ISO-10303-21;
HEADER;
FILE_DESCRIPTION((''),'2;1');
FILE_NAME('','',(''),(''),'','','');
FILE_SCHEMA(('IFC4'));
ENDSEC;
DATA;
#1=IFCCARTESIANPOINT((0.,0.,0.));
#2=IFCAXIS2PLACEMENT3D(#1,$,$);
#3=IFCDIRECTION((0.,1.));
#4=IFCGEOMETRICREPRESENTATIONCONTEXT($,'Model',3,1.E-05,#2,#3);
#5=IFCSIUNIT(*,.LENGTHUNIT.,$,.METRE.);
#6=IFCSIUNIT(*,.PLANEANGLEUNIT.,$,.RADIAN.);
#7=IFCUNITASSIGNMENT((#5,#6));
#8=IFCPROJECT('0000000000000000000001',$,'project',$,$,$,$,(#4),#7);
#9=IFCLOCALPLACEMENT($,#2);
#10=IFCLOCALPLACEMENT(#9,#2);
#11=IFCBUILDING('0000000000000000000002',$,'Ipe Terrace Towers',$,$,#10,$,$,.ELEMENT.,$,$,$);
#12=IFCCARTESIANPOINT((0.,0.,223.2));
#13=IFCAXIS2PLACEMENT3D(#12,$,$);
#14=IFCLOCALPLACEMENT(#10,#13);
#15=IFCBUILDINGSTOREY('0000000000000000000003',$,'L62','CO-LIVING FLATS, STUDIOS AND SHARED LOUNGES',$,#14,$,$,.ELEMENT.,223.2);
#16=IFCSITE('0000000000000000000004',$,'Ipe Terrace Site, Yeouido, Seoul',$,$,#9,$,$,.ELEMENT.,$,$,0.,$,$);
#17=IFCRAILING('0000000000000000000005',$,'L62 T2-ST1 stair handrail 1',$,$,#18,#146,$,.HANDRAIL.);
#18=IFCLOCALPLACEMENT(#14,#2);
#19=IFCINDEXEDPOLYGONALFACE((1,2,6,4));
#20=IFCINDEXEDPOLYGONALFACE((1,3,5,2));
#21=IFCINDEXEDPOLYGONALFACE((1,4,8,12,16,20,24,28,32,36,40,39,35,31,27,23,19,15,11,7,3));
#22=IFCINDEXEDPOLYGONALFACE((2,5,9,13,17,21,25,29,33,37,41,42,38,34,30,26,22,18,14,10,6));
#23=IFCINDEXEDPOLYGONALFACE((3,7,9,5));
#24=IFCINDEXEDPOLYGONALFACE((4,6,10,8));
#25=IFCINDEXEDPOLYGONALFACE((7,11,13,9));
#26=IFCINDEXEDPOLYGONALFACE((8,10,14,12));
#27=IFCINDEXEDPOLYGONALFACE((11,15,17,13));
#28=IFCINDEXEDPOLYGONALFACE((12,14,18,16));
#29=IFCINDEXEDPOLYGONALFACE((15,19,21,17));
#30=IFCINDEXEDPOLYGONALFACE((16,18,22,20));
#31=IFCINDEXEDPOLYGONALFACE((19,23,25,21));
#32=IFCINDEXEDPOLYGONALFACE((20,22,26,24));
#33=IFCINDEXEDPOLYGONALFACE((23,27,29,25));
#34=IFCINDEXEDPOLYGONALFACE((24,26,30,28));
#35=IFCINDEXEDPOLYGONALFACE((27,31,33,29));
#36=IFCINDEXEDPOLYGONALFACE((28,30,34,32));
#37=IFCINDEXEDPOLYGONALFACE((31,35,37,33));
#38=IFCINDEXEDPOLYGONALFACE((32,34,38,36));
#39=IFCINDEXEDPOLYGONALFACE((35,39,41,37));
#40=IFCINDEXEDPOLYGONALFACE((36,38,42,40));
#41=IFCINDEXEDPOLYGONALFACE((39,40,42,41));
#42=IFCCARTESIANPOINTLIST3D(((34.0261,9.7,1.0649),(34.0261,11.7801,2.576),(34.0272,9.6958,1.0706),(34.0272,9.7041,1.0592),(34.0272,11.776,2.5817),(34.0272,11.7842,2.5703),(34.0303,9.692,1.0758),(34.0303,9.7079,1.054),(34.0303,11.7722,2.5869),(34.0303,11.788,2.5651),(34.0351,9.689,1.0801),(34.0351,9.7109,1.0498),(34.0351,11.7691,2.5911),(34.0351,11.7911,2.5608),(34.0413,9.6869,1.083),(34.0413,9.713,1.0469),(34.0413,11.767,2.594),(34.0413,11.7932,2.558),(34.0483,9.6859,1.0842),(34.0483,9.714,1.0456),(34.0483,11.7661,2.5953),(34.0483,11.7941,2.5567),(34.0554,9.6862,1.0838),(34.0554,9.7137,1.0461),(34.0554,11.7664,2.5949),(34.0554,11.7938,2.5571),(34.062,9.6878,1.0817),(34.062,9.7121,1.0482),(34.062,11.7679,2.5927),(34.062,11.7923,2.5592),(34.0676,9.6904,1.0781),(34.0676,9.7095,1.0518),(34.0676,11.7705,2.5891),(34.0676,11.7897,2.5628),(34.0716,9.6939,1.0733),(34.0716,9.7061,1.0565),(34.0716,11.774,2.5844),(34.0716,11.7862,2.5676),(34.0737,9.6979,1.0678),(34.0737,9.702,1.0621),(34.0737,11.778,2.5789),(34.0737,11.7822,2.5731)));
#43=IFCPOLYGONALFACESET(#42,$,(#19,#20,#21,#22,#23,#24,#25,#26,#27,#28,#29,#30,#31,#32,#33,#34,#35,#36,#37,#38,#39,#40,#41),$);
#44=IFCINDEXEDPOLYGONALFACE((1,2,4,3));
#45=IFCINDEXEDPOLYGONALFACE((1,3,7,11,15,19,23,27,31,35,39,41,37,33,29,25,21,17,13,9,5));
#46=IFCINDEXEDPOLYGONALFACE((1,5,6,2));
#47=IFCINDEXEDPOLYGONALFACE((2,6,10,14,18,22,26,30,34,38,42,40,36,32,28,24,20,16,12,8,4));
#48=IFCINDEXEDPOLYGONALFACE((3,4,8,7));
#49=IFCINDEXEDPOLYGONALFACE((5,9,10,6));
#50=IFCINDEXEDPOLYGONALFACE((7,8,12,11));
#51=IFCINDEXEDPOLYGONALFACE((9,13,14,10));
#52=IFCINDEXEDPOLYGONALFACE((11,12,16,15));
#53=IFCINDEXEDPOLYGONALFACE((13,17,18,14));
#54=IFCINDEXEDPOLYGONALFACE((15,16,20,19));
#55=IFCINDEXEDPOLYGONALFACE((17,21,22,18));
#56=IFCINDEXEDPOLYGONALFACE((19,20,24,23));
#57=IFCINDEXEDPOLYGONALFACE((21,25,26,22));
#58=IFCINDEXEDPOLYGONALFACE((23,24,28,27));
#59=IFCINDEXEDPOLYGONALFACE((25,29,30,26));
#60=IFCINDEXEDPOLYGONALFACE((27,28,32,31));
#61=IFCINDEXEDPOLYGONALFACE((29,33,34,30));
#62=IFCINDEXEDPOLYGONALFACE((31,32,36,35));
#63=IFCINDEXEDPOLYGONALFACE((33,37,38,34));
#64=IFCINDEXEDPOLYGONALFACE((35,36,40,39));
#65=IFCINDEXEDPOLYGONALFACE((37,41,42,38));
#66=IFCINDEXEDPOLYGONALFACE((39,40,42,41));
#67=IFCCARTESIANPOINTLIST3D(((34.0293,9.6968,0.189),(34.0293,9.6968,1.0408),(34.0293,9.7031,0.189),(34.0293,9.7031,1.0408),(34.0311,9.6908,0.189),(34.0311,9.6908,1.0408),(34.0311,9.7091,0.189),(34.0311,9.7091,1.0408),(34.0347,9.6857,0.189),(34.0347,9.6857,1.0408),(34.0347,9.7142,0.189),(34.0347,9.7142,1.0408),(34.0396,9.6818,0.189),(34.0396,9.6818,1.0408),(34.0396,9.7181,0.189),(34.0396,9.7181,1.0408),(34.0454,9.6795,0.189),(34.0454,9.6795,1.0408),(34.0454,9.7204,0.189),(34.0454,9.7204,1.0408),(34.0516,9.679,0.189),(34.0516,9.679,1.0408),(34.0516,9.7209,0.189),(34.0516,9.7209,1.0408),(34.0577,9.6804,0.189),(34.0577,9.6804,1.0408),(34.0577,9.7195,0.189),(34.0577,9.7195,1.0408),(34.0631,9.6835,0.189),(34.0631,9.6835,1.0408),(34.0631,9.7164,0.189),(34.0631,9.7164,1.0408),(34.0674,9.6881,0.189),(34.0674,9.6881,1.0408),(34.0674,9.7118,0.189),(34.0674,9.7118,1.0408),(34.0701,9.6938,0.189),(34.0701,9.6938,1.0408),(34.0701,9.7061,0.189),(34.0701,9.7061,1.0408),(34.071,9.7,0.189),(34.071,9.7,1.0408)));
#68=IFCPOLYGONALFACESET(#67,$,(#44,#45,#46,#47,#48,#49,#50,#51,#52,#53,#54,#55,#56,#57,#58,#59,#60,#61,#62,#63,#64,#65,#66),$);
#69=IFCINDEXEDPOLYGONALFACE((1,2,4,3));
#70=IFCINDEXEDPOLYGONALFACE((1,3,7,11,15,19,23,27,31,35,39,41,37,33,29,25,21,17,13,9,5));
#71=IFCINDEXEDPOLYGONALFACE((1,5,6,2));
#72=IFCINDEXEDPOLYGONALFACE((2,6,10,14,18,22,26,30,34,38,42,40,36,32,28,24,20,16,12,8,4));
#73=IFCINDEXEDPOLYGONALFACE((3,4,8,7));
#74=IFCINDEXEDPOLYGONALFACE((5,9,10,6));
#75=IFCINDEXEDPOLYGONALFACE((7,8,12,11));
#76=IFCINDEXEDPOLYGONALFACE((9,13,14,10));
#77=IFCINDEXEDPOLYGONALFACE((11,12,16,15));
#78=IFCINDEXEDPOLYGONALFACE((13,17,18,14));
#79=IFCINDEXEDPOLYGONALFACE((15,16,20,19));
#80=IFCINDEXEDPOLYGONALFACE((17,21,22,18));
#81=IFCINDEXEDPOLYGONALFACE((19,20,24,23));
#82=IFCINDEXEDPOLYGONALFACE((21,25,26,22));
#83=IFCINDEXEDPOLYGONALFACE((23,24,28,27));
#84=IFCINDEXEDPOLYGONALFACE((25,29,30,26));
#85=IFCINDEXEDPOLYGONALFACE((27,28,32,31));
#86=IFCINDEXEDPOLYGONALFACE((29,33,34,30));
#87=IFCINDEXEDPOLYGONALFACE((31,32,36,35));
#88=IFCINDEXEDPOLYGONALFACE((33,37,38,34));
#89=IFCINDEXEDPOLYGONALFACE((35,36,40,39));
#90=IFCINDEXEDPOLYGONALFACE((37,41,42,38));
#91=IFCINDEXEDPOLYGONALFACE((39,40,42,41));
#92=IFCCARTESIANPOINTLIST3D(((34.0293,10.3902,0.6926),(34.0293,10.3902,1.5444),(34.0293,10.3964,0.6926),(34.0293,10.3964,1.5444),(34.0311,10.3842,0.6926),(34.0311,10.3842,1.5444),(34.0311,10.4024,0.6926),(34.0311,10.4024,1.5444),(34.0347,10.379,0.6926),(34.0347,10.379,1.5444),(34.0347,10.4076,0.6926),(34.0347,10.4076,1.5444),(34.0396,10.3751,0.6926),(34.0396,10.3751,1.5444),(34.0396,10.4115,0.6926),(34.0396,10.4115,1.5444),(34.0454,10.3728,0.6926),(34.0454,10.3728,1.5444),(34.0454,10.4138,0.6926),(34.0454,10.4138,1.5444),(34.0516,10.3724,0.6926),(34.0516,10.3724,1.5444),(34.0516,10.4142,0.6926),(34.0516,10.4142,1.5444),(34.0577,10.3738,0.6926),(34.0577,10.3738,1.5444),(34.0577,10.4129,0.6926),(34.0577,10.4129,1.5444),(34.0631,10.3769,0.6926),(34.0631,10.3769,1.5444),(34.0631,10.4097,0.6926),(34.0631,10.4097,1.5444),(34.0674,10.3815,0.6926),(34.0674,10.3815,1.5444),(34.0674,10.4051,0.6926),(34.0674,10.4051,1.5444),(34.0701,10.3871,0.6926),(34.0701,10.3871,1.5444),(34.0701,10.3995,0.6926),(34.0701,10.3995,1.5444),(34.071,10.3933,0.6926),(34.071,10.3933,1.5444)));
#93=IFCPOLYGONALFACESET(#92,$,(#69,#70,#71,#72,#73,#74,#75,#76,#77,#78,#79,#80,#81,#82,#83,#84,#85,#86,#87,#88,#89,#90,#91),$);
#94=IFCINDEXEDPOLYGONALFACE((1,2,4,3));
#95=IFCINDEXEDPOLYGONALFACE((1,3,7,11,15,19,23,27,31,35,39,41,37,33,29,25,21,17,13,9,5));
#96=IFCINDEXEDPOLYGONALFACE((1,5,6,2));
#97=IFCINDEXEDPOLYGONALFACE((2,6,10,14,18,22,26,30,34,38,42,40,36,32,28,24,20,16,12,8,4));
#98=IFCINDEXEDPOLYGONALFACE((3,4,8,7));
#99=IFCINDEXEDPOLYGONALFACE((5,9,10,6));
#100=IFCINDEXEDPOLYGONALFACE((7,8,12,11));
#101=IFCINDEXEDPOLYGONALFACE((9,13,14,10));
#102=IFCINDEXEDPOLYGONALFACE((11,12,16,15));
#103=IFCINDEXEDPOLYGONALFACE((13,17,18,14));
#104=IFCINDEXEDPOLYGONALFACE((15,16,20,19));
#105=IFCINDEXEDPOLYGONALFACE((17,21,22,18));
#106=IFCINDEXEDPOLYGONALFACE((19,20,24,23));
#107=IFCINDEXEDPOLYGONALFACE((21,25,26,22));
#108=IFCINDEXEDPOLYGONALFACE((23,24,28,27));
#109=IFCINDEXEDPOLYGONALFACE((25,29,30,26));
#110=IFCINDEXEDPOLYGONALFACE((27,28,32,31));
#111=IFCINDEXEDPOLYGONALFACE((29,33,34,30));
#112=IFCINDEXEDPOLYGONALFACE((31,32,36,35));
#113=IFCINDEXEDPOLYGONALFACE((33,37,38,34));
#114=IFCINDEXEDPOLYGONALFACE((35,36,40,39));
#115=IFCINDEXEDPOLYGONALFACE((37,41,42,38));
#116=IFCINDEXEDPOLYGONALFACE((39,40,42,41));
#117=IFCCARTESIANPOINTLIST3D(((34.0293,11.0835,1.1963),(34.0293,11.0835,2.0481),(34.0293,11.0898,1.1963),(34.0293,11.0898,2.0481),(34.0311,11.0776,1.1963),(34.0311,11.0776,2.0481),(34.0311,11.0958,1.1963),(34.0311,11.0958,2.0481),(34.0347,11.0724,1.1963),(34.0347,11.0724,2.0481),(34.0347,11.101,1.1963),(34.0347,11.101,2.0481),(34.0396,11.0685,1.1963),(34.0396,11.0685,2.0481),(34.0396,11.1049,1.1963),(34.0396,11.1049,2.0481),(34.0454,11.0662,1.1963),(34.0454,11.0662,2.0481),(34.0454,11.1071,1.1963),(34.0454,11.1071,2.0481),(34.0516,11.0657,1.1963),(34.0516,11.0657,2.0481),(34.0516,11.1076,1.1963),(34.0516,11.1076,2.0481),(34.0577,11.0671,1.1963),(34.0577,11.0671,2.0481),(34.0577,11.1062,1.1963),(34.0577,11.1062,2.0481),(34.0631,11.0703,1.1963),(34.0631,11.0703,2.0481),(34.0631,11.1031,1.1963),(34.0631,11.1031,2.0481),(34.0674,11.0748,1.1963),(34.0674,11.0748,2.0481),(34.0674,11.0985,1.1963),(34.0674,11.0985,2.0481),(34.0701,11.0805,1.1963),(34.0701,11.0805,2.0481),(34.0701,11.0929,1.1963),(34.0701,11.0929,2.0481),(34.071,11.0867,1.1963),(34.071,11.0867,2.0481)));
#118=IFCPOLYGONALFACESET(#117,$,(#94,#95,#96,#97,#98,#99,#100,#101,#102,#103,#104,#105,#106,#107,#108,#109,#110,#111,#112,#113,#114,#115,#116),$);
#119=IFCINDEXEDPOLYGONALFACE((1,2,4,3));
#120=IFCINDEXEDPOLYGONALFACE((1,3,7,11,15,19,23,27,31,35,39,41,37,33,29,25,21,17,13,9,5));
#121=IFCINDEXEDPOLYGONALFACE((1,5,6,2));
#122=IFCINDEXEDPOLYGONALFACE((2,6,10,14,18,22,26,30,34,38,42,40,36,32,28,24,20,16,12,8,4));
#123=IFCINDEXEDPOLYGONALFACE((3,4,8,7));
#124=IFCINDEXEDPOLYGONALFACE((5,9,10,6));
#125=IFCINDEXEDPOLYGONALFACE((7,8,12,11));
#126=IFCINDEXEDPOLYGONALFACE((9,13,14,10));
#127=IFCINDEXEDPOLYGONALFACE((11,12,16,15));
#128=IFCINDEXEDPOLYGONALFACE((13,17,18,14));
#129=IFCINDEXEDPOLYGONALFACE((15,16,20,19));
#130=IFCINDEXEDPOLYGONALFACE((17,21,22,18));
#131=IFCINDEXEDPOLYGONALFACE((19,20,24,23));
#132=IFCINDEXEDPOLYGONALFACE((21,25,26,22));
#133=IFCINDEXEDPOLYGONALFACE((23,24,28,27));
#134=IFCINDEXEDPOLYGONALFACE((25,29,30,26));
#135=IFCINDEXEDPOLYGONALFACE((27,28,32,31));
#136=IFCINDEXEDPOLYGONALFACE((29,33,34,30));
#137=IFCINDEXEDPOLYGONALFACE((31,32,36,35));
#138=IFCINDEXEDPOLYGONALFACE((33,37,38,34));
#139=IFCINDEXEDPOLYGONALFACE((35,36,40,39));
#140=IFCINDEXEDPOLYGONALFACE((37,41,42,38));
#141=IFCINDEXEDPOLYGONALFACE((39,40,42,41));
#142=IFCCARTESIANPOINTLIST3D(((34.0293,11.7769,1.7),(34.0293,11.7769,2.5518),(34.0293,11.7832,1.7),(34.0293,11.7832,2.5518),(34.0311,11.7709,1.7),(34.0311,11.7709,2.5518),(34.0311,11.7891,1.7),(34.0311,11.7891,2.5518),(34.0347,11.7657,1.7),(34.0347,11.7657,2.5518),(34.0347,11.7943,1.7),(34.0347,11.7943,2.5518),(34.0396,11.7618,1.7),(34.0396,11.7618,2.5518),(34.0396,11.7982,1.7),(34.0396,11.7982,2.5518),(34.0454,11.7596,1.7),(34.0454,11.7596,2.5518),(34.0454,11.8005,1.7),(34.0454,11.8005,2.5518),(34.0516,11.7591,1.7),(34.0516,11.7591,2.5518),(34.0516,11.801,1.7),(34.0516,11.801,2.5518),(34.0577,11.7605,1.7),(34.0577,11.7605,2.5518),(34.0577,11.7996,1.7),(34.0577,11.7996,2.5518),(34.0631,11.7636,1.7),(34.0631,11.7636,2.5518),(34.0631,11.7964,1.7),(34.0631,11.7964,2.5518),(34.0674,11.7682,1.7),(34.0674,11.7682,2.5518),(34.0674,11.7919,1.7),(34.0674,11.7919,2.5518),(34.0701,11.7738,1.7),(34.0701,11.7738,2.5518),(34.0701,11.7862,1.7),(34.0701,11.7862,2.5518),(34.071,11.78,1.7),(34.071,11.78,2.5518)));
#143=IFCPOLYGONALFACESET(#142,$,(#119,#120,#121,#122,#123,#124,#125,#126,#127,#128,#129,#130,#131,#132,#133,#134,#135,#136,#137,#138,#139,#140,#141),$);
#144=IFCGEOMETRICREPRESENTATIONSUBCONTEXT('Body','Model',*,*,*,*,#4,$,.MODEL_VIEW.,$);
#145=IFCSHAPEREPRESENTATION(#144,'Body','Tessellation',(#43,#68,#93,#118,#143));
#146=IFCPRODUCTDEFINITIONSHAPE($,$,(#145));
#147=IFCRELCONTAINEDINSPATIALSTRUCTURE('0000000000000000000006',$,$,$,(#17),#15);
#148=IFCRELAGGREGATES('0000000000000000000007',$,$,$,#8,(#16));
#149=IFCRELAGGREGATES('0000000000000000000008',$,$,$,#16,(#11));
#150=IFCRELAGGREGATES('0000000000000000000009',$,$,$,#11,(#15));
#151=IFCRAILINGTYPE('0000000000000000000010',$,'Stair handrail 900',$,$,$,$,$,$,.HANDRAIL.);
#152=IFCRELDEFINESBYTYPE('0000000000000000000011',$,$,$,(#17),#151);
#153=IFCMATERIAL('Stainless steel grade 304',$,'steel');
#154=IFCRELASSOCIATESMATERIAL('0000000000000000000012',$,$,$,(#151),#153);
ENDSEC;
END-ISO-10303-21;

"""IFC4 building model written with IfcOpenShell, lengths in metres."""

from ifc_helpers import new_model, si_unit, direction, frame, origin, origin_2d, place, context, subcontext, project, spatial, circle, extrude, material, type_object, element, save


model = new_model("IFC4")

# Units and contexts
model_context = context("Model", 3, precision=1e-05, world=origin(), true_north=direction((0.0, 1.0)))
body_context = subcontext(model_context, "Body", "Model", "MODEL_VIEW")
ifc_project = project(units=[si_unit("LENGTHUNIT", "METRE"), si_unit("PLANEANGLEUNIT", "RADIAN")], contexts=[model_context])

# Site, building, storey
site_placement = place(None, origin())
site = spatial("IfcSite", under=ifc_project, at=site_placement, Name="Ipe Terrace Site, Yeouido, Seoul", CompositionType="ELEMENT", RefElevation=0.0)
building_placement = place(site_placement, origin())
building = spatial("IfcBuilding", under=site, at=building_placement, Name="Ipe Terrace Towers", CompositionType="ELEMENT")
storey_placement = place(building_placement, frame((0.0, 0.0, 223.2)))
storey = spatial("IfcBuildingStorey", under=building, at=storey_placement, Name="L62", Description="CO-LIVING FLATS, STUDIOS AND SHARED LOUNGES", CompositionType="ELEMENT", Elevation=223.2)

# Railing
ifc_material_1 = material(Name="Stainless steel grade 304", Category="steel")
railing_type_1 = type_object("IfcRailingType", Name="Stair handrail 900", PredefinedType="HANDRAIL", material=ifc_material_1)
railing_1_placement = place(storey_placement, frame((34.05, 9.7, 0.189)))
element("IfcRailing", 1, at=railing_1_placement, inside=storey, type_object=railing_type_1, Name="L62 T2-ST1 stair handrail 1", PredefinedType="HANDRAIL", context=body_context, shape_type="SweptSolid", body=[
    extrude(circle(Radius=0.0239, at=origin_2d()), frame((0.0, 0.0, 0.876), z_axis=(0.0, 0.809069, 0.587714), x_axis=(-1.0, 0.0, 0.0)), (0.0, 0.0, 1.0), 2.571),
    extrude(circle(Radius=0.021, at=origin_2d()), origin(), (0.0, 0.0, 1.0), 0.8518),
    extrude(circle(Radius=0.021, at=origin_2d()), frame((0.0, 0.6934, 0.5037)), (0.0, 0.0, 1.0), 0.8518),
    extrude(circle(Radius=0.021, at=origin_2d()), frame((0.0, 1.3867, 1.0073)), (0.0, 0.0, 1.0), 0.8518),
    extrude(circle(Radius=0.021, at=origin_2d()), frame((0.0, 2.0801, 1.511)), (0.0, 0.0, 1.0), 0.8518),
])

save(model, "model.ifc")
